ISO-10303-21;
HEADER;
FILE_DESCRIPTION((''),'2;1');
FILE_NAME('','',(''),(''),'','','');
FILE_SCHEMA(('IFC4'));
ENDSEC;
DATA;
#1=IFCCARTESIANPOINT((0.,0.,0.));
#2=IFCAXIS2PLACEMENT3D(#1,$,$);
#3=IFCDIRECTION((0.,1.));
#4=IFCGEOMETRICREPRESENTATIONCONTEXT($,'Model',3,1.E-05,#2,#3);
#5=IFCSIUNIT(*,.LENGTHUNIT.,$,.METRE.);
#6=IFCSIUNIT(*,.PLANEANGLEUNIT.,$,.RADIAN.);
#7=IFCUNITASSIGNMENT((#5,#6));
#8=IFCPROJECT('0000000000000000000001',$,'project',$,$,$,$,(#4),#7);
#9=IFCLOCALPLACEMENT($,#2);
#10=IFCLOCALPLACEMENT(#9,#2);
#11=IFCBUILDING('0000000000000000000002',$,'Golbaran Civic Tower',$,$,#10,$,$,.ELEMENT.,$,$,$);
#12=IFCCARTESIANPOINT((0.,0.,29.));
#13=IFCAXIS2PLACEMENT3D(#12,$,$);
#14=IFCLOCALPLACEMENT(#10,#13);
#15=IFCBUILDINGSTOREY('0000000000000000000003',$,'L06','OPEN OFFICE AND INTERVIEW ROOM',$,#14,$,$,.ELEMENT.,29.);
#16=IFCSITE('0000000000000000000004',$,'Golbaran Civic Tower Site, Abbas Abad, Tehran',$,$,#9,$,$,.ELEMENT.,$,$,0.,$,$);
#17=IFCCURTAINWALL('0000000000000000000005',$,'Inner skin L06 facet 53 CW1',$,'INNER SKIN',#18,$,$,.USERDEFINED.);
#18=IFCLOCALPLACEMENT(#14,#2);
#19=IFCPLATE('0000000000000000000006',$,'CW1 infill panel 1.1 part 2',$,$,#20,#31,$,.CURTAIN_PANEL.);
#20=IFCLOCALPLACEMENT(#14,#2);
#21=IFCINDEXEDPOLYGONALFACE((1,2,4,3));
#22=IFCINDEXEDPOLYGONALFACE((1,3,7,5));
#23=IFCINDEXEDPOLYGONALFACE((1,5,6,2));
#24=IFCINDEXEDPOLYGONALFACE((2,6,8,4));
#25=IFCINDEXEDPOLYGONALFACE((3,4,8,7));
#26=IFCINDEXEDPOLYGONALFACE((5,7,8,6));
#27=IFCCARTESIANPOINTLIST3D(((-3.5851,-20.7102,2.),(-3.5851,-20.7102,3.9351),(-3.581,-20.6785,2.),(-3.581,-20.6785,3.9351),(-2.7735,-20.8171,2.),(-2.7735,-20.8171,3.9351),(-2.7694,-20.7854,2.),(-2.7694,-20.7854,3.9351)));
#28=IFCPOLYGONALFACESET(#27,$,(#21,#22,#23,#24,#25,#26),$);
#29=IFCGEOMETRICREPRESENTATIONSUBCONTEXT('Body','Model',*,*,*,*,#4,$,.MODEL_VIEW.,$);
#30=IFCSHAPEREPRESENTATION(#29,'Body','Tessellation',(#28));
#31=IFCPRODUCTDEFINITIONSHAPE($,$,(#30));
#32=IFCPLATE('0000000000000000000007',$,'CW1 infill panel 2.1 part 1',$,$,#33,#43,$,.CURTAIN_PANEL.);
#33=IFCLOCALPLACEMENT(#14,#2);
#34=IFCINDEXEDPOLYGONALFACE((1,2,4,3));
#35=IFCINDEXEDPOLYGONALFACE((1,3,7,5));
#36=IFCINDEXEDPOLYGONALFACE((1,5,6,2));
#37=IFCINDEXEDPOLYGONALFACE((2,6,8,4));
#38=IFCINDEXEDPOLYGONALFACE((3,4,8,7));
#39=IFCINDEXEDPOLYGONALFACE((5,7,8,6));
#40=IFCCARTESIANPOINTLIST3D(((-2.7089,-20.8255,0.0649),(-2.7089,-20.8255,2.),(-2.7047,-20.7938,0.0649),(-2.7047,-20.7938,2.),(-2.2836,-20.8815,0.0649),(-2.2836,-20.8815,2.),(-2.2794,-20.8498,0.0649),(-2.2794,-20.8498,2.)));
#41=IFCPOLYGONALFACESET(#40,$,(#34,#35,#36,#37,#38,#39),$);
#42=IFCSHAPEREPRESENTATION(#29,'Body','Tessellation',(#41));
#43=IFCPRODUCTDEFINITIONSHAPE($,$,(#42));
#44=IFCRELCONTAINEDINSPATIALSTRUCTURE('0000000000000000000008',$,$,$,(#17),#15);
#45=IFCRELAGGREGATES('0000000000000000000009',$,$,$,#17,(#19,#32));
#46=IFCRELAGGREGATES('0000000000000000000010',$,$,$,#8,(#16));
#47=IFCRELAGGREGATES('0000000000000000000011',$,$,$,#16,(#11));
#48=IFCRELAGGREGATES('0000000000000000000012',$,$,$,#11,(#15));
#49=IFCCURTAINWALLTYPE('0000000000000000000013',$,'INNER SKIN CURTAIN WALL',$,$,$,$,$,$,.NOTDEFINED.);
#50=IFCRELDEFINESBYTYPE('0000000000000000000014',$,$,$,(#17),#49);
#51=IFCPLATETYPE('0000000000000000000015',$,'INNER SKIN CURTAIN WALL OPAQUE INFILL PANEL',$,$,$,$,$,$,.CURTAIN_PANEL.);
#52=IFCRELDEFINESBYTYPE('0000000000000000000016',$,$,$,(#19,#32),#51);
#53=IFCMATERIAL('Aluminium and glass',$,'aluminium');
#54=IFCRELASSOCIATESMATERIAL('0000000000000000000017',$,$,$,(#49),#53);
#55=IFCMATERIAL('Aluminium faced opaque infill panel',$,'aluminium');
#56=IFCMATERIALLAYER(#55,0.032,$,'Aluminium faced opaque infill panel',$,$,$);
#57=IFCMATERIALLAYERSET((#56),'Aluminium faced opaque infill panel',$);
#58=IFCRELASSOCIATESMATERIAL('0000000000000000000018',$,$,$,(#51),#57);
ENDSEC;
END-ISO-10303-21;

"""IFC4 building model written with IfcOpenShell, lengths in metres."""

from ifc_helpers import new_model, si_unit, direction, frame, origin, origin_2d, place, context, subcontext, project, spatial, rectangle, extrude, material, layer, layer_set, type_object, element, aggregate, save


model = new_model("IFC4")

# Units and contexts
model_context = context("Model", 3, precision=1e-05, world=origin(), true_north=direction((0.0, 1.0)))
body_context = subcontext(model_context, "Body", "Model", "MODEL_VIEW")
ifc_project = project(units=[si_unit("LENGTHUNIT", "METRE"), si_unit("PLANEANGLEUNIT", "RADIAN")], contexts=[model_context])

# Site, building, storey
site_placement = place(None, origin())
site = spatial("IfcSite", under=ifc_project, at=site_placement, Name="Golbaran Civic Tower Site, Abbas Abad, Tehran", CompositionType="ELEMENT", RefElevation=0.0)
building_placement = place(site_placement, origin())
building = spatial("IfcBuilding", under=site, at=building_placement, Name="Golbaran Civic Tower", CompositionType="ELEMENT")
storey_placement = place(building_placement, frame((0.0, 0.0, 29.0)))
storey = spatial("IfcBuildingStorey", under=building, at=storey_placement, Name="L06", Description="OPEN OFFICE AND INTERVIEW ROOM", CompositionType="ELEMENT", Elevation=29.0)

# Curtain wall
ifc_material_1 = material(Name="Aluminium and glass", Category="aluminium")
curtain_wall_type = type_object("IfcCurtainWallType", Name="INNER SKIN CURTAIN WALL", PredefinedType="NOTDEFINED", material=ifc_material_1)
curtain_wall_1_placement = place(storey_placement, origin())
curtain_wall_1 = element("IfcCurtainWall", 1, at=curtain_wall_1_placement, inside=storey, type_object=curtain_wall_type, Name="Inner skin L06 facet 53 CW1", ObjectType="INNER SKIN", PredefinedType="USERDEFINED")

# Plates
ifc_material_2 = material(Name="Aluminium faced opaque infill panel", Category="aluminium")
ifc_layer_1 = layer(ifc_material_2, 0.032, Name="Aluminium faced opaque infill panel")
ifc_layer_set_1 = layer_set([ifc_layer_1], Name="Aluminium faced opaque infill panel")
plate_type_1 = type_object("IfcPlateType", Name="INNER SKIN CURTAIN WALL OPAQUE INFILL PANEL", PredefinedType="CURTAIN_PANEL", material=ifc_layer_set_1)
plate_1_placement = place(storey_placement, frame((-3.1772, -20.7478, 2.0), z_axis=(0.0, 0.0, 1.0), x_axis=(0.991445, -0.130526, 0.0)))
plate_1 = element("IfcPlate", 2, at=plate_1_placement, type_object=plate_type_1, Name="CW1 infill panel 1.1 part 2", PredefinedType="CURTAIN_PANEL", context=body_context, shape_type="SweptSolid", body=[
    extrude(rectangle(XDim=0.8186, YDim=0.032, at=origin_2d()), origin(), (0.0, 0.0, 1.0), 1.9351),
])
plate_2_placement = place(storey_placement, frame((-2.4941, -20.8376, 0.0649), z_axis=(0.0, 0.0, 1.0), x_axis=(0.991445, -0.130526, 0.0)))
plate_2 = element("IfcPlate", 3, at=plate_2_placement, type_object=plate_type_1, Name="CW1 infill panel 2.1 part 1", PredefinedType="CURTAIN_PANEL", context=body_context, shape_type="SweptSolid", body=[
    extrude(rectangle(XDim=0.429, YDim=0.032, at=origin_2d()), origin(), (0.0, 0.0, 1.0), 1.9351),
])
aggregate(curtain_wall_1, [plate_1, plate_2])

save(model, "model.ifc")
